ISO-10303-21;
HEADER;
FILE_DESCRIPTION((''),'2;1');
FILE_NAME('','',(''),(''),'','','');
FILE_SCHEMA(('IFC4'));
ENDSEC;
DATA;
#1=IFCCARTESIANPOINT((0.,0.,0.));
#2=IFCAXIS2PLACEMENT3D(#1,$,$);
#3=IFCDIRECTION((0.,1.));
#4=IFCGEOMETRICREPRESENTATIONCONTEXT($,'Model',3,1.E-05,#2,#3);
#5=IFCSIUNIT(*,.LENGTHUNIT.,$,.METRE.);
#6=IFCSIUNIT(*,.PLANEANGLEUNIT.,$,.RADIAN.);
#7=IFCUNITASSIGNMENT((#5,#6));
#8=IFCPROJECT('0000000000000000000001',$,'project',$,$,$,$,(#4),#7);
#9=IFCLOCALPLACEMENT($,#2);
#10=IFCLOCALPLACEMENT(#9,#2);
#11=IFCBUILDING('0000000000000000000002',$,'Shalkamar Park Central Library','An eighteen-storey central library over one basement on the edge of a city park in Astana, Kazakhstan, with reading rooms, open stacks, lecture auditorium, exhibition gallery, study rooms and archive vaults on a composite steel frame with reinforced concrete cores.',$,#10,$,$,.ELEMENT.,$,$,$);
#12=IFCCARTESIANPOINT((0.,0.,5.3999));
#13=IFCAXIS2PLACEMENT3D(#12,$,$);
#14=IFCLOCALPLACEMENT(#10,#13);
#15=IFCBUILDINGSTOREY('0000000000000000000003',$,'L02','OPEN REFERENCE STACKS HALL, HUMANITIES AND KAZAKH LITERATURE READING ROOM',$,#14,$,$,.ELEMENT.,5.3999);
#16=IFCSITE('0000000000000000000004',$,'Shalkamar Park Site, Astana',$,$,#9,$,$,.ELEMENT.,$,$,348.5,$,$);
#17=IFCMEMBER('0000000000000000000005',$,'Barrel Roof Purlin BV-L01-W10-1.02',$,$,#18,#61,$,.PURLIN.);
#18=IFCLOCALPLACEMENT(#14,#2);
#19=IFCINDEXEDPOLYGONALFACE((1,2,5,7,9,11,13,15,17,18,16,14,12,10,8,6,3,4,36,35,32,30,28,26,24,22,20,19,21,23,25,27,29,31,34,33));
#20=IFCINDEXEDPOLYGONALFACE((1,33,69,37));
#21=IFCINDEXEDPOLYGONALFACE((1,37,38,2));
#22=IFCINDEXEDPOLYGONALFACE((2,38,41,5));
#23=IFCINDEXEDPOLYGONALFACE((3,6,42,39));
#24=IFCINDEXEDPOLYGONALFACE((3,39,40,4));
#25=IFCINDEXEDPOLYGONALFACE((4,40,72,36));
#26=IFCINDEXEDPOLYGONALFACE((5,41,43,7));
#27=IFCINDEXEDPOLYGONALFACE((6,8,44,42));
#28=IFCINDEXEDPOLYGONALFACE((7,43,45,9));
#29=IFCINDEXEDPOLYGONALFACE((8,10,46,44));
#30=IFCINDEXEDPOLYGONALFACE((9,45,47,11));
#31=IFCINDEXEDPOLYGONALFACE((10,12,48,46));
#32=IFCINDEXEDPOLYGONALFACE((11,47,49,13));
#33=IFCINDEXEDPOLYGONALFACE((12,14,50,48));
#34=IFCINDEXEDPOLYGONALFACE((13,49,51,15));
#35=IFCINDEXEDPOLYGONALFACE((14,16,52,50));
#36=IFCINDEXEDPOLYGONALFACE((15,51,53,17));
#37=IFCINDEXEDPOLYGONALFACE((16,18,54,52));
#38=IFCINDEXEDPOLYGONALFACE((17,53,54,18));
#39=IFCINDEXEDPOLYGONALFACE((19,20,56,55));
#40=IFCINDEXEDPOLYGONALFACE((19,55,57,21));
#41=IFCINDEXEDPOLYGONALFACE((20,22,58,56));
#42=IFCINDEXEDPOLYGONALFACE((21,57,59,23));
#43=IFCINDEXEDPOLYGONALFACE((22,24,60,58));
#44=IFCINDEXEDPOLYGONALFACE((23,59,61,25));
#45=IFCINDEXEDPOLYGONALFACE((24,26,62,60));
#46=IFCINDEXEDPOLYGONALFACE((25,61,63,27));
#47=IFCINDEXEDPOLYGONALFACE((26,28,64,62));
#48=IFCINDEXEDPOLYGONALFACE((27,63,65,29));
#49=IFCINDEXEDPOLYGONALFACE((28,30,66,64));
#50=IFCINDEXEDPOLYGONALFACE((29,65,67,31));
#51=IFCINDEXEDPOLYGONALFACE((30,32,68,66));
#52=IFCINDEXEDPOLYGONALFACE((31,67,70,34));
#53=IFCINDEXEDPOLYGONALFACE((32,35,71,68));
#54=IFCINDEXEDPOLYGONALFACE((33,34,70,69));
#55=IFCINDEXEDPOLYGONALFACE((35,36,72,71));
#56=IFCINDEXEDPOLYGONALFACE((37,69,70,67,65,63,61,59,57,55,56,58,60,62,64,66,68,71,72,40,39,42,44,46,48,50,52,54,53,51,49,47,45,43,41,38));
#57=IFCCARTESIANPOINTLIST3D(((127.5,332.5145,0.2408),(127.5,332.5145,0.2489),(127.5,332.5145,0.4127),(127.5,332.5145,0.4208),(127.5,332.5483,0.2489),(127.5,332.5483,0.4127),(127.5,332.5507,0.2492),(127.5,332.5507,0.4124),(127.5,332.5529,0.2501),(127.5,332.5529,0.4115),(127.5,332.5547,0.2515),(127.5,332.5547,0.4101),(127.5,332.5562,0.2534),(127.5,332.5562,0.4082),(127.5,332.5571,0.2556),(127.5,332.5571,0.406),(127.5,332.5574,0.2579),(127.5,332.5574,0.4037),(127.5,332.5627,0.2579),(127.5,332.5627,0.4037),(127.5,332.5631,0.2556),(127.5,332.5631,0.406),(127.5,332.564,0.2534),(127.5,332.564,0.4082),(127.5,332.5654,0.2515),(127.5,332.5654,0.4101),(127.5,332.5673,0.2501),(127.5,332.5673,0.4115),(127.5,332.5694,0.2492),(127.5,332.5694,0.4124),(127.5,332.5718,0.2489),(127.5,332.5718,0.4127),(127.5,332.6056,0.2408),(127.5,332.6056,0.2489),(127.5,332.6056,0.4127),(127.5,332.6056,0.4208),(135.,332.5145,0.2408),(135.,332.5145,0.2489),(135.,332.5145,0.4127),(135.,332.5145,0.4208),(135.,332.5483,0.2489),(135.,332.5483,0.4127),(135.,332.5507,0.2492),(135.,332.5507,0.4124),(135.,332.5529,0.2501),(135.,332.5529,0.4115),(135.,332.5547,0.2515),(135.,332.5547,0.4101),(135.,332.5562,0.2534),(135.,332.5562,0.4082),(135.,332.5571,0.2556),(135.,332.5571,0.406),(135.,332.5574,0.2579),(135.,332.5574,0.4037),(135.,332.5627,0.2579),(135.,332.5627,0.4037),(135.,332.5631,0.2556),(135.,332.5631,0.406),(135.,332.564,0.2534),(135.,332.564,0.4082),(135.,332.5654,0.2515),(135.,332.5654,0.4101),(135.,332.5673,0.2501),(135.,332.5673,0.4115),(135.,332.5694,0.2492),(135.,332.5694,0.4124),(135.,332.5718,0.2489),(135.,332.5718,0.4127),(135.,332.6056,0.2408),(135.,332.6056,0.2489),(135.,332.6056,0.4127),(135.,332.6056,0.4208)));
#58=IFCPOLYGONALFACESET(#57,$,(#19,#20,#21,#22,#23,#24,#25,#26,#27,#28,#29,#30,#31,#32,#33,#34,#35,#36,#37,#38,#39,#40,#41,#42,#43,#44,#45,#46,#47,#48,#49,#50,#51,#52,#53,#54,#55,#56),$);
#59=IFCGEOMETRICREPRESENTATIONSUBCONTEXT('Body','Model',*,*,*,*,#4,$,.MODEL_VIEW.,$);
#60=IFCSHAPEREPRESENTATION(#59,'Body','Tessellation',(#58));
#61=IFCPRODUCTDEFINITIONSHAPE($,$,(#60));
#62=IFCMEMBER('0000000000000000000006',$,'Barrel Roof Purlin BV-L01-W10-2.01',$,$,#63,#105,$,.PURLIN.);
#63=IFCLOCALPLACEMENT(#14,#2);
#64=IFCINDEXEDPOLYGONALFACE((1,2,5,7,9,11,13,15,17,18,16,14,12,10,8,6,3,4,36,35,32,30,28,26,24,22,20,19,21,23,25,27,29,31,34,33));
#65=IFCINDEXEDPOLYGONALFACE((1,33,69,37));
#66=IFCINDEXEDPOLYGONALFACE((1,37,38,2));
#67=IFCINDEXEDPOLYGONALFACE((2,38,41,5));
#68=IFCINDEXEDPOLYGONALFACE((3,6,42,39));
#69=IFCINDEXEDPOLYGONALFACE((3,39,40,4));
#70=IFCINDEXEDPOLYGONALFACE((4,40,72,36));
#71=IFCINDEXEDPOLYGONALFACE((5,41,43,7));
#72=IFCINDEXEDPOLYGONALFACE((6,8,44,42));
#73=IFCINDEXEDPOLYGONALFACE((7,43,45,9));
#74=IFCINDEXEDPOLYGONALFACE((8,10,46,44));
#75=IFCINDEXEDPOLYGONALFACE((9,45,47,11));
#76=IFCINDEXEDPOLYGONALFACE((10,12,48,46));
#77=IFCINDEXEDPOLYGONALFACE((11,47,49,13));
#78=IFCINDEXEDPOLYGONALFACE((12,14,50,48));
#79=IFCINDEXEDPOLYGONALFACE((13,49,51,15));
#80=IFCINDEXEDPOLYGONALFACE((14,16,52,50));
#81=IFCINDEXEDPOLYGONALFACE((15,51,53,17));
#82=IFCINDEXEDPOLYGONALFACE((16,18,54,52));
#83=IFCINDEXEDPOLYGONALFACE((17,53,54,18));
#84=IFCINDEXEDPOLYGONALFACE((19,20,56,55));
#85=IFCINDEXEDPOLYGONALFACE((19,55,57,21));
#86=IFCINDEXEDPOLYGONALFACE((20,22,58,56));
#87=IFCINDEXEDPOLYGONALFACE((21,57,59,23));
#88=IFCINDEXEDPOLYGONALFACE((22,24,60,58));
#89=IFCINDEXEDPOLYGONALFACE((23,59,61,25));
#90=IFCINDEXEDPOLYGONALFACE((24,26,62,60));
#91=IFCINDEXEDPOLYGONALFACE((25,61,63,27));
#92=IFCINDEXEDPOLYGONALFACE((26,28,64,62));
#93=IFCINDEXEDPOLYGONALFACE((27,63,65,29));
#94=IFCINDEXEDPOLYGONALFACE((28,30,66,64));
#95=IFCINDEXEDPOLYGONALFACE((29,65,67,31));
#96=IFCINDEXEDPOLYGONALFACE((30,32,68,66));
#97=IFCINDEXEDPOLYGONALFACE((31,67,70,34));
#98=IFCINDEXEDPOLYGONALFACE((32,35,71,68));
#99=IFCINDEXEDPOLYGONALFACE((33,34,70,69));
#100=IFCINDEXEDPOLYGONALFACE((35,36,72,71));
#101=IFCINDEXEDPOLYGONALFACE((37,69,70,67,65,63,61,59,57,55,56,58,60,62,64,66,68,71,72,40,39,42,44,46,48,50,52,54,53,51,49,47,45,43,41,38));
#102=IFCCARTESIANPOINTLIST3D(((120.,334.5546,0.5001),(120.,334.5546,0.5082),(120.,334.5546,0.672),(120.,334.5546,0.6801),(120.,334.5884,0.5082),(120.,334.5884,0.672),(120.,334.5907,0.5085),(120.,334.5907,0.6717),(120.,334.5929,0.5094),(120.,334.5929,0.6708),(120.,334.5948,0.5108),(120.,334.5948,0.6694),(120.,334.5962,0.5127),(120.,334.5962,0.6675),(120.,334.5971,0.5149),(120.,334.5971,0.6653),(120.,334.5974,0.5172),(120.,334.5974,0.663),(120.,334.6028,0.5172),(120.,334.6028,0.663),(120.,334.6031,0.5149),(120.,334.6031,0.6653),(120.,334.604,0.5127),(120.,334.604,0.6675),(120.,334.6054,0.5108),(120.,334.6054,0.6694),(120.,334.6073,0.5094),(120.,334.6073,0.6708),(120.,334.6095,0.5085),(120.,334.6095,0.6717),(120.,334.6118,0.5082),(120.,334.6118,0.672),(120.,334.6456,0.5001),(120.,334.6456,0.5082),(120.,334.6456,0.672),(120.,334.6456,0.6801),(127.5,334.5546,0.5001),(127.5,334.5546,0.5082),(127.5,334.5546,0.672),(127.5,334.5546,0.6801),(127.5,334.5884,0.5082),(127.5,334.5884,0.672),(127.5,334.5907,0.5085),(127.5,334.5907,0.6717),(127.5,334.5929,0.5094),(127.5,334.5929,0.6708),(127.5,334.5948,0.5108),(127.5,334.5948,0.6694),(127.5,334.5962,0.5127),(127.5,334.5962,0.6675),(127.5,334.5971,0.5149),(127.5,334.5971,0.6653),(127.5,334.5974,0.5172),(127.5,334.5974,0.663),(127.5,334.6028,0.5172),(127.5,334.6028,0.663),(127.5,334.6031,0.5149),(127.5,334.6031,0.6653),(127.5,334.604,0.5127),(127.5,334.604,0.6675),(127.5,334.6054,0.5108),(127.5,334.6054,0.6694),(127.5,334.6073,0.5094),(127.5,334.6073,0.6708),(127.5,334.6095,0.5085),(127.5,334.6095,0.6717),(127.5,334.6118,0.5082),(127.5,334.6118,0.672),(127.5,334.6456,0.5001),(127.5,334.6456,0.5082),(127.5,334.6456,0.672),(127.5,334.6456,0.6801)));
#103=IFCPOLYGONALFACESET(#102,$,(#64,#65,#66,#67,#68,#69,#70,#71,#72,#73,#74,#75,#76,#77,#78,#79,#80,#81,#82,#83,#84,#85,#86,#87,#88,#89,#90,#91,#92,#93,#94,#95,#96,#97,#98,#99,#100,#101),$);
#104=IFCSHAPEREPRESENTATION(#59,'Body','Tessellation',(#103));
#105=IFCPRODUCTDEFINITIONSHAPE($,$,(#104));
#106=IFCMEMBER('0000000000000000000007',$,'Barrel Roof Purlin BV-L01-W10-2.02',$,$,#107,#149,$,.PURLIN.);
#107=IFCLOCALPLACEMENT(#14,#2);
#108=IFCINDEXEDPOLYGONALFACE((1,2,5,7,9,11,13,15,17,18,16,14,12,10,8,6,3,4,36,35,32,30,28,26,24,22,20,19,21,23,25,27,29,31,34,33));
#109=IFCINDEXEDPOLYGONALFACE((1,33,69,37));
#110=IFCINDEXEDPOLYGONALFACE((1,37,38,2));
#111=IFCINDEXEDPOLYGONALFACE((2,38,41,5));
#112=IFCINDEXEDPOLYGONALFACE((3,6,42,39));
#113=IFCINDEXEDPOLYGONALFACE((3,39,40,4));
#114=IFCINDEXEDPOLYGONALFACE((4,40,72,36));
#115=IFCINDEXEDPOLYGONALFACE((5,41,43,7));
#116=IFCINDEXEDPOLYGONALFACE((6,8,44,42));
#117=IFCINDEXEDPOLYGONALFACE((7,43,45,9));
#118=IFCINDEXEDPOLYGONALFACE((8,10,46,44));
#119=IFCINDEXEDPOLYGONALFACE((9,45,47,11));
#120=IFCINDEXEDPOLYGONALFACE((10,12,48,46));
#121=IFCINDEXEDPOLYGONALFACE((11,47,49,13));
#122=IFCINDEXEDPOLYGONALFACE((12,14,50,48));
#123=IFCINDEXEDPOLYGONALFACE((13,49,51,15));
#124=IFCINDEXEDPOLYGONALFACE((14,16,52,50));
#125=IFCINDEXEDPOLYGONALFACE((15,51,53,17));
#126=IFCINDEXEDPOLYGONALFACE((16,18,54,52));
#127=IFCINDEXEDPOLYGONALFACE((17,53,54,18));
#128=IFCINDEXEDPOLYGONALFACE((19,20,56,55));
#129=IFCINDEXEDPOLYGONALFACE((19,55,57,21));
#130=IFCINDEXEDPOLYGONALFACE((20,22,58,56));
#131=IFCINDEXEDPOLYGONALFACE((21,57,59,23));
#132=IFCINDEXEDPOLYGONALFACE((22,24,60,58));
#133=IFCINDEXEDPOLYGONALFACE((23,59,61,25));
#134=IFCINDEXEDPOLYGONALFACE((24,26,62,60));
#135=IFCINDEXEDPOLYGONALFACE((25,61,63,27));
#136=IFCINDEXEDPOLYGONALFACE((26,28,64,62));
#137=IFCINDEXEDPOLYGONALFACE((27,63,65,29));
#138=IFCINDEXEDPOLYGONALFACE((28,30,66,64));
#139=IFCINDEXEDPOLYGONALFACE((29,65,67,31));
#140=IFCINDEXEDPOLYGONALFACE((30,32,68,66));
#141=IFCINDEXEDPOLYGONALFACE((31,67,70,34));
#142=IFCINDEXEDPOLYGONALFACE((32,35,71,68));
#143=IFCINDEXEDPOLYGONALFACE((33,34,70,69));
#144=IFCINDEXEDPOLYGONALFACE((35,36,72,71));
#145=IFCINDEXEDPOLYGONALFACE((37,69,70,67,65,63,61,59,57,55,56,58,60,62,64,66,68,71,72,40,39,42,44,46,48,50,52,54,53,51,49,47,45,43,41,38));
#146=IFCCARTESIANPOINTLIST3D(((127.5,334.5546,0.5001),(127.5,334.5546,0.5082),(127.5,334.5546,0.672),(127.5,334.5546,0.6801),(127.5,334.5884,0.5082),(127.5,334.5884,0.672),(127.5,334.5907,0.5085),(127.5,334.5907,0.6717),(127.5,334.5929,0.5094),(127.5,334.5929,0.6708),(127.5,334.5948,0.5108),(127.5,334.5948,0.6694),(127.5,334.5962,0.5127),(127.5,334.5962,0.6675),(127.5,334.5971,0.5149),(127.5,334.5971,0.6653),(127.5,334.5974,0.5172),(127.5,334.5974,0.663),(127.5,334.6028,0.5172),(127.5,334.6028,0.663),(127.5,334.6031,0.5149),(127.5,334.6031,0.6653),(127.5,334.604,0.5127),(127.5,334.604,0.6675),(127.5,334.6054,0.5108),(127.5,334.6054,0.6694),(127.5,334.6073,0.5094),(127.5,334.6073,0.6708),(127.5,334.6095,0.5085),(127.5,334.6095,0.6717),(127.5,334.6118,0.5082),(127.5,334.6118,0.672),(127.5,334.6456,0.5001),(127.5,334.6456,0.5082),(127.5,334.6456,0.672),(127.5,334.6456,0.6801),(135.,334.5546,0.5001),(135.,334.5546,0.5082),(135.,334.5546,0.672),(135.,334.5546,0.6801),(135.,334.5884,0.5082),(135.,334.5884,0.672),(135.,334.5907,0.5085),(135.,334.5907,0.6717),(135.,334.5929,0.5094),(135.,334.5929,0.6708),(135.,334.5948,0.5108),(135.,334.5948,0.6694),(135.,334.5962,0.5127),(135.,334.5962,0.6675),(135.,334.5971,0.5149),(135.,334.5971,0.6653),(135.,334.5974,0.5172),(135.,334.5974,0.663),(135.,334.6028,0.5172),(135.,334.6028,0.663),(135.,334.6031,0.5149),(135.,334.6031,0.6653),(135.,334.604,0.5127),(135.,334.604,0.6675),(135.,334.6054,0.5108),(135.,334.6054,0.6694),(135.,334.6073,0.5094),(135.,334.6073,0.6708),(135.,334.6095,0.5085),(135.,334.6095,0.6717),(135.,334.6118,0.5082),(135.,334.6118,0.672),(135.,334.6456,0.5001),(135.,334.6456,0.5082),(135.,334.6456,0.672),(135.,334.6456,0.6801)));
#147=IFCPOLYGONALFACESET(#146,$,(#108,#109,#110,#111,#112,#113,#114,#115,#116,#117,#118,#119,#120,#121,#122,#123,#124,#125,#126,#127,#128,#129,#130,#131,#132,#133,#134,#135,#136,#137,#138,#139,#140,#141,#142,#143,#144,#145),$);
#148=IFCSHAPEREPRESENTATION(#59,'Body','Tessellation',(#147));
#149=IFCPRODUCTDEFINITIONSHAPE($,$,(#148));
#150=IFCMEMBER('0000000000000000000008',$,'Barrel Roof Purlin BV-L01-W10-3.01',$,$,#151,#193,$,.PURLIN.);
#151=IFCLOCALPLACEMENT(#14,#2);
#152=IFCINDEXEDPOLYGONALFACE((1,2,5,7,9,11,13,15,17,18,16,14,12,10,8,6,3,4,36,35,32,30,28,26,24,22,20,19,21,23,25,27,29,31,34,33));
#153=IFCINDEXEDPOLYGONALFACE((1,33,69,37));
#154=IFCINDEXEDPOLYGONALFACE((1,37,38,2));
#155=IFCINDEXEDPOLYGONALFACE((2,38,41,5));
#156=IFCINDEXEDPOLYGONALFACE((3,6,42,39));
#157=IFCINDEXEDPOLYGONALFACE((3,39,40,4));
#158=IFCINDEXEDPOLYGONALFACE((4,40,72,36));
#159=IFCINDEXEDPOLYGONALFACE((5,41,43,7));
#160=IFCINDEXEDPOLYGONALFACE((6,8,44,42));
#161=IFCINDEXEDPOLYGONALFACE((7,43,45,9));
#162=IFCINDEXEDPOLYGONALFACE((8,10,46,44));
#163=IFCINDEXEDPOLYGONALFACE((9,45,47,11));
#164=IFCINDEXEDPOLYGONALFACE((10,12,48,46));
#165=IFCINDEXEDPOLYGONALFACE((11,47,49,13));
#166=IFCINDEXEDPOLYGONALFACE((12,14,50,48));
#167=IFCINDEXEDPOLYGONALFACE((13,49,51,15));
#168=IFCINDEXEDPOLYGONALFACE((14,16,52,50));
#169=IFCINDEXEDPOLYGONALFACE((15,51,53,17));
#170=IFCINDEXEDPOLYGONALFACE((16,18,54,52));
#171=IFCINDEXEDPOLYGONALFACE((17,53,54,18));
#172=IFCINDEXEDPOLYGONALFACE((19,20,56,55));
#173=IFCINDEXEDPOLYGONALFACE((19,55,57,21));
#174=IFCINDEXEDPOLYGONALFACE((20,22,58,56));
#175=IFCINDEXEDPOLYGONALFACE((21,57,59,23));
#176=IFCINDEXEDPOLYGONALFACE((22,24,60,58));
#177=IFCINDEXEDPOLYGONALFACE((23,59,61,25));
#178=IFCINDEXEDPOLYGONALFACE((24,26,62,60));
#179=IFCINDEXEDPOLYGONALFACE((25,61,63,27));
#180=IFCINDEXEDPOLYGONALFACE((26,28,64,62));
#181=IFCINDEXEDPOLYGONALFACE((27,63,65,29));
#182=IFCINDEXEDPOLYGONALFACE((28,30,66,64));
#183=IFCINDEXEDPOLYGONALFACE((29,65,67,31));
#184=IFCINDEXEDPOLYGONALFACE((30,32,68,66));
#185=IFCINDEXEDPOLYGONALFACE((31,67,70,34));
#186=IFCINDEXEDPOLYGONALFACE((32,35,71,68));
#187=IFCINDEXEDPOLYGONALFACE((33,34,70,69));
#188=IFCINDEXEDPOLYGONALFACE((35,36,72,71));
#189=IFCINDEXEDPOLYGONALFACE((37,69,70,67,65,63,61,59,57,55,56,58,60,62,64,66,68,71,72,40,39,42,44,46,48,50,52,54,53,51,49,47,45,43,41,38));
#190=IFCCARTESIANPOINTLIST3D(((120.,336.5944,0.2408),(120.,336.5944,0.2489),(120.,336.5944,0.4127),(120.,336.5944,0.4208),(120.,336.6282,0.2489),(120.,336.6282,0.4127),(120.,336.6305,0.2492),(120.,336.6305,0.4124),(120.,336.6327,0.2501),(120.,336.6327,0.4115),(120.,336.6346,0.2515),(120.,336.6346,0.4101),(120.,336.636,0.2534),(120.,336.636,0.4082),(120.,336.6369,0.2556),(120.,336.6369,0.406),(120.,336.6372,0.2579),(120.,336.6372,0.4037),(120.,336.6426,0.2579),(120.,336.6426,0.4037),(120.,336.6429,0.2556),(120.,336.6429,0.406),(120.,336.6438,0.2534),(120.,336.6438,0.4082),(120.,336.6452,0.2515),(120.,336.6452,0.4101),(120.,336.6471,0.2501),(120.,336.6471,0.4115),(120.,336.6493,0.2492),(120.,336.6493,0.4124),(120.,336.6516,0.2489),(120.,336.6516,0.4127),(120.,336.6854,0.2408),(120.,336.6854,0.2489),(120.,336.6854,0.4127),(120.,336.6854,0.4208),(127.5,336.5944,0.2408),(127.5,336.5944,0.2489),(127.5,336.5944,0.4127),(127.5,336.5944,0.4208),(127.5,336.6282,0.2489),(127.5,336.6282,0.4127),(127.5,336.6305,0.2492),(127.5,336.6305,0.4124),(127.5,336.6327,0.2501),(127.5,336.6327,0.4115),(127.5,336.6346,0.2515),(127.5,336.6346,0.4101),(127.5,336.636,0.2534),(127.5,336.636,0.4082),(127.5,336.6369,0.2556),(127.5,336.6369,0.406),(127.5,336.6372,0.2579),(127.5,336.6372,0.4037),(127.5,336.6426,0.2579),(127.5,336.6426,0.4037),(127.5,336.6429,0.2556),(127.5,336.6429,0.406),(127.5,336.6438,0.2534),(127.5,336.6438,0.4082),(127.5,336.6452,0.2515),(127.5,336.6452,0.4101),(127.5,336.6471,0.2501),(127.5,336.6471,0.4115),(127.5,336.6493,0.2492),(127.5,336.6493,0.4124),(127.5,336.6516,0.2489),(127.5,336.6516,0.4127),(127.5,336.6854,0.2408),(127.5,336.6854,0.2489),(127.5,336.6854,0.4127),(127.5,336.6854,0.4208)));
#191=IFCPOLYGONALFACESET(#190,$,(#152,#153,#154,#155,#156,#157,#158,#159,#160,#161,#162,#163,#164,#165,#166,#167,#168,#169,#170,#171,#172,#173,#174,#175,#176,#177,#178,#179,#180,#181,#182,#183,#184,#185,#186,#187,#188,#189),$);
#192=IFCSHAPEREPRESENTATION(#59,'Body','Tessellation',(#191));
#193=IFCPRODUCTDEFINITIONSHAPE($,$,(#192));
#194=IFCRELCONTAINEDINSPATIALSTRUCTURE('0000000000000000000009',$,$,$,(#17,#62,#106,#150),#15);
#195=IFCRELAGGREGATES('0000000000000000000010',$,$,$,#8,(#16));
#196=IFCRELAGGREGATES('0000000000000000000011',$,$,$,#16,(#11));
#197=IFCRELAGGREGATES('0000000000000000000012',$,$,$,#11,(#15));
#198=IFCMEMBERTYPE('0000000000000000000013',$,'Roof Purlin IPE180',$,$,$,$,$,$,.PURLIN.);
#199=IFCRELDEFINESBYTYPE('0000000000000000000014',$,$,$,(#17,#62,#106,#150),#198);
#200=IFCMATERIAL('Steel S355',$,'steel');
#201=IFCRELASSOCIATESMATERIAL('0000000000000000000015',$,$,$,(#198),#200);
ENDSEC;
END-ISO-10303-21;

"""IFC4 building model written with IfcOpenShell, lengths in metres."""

from ifc_helpers import new_model, si_unit, direction, frame, origin, origin_2d, place, context, subcontext, project, spatial, i_section, extrude, material, material_profile, profile_set, type_object, element, save


model = new_model("IFC4")

# Units and contexts
model_context = context("Model", 3, precision=1e-05, world=origin(), true_north=direction((0.0, 1.0)))
body_context = subcontext(model_context, "Body", "Model", "MODEL_VIEW")
ifc_project = project(units=[si_unit("LENGTHUNIT", "METRE"), si_unit("PLANEANGLEUNIT", "RADIAN")], contexts=[model_context])

# Site, building, storey
site_placement = place(None, origin())
site = spatial("IfcSite", under=ifc_project, at=site_placement, Name="Shalkamar Park Site, Astana", CompositionType="ELEMENT", RefElevation=348.5)
building_placement = place(site_placement, origin())
building = spatial("IfcBuilding", under=site, at=building_placement, Name="Shalkamar Park Central Library", Description="An eighteen-storey central library over one basement on the edge of a city park in Astana, Kazakhstan, with reading rooms, open stacks, lecture auditorium, exhibition gallery, study rooms and archive vaults on a composite steel frame with reinforced concrete cores.", CompositionType="ELEMENT")
storey_placement = place(building_placement, frame((0.0, 0.0, 5.3999)))
storey = spatial("IfcBuildingStorey", under=building, at=storey_placement, Name="L02", Description="OPEN REFERENCE STACKS HALL, HUMANITIES AND KAZAKH LITERATURE READING ROOM", CompositionType="ELEMENT", Elevation=5.3999)

# Shared definitions
ifc_material_1 = material(Name="Steel S355", Category="steel")

# Members
ifc_material_profile_1 = material_profile(ifc_material_1, i_section(OverallWidth=0.0911, OverallDepth=0.1799, WebThickness=0.0054, FlangeThickness=0.0081, FilletRadius=0.009, at=origin_2d()), Name="IPE 180")
ifc_profile_set_1 = profile_set([ifc_material_profile_1], Name="Steel S355")
member_type_1 = type_object("IfcMemberType", Name="Roof Purlin IPE180", PredefinedType="PURLIN", material=ifc_profile_set_1)
for number, where, z_axis, x_axis, name in (
    (1, (127.5, 332.5601, 0.3308), (1.0, 0.0, 0.0), (0.0, 1.0, 0.0), "Barrel Roof Purlin BV-L01-W10-1.02"),
    (2, (120.0, 334.6001, 0.5901), (1.0, 0.0, 0.0), (0.0, 1.0, 0.0), "Barrel Roof Purlin BV-L01-W10-2.01"),
    (3, (127.5, 334.6001, 0.5901), (1.0, 0.0, 0.0), (0.0, 1.0, 0.0), "Barrel Roof Purlin BV-L01-W10-2.02"),
    (4, (120.0, 336.6399, 0.3308), (1.0, 0.0, 0.0), (0.0, 1.0, 0.0), "Barrel Roof Purlin BV-L01-W10-3.01"),
):
    element("IfcMember", number, at=place(storey_placement, frame(where, z_axis=z_axis, x_axis=x_axis)), inside=storey, type_object=member_type_1, Name=name, PredefinedType="PURLIN", context=body_context, shape_type="SweptSolid", body=[
        extrude(i_section(OverallWidth=0.0911, OverallDepth=0.1799, WebThickness=0.0054, FlangeThickness=0.0081, FilletRadius=0.009, at=origin_2d()), origin(), (0.0, 0.0, 1.0), 7.5),
    ])

save(model, "model.ifc")
